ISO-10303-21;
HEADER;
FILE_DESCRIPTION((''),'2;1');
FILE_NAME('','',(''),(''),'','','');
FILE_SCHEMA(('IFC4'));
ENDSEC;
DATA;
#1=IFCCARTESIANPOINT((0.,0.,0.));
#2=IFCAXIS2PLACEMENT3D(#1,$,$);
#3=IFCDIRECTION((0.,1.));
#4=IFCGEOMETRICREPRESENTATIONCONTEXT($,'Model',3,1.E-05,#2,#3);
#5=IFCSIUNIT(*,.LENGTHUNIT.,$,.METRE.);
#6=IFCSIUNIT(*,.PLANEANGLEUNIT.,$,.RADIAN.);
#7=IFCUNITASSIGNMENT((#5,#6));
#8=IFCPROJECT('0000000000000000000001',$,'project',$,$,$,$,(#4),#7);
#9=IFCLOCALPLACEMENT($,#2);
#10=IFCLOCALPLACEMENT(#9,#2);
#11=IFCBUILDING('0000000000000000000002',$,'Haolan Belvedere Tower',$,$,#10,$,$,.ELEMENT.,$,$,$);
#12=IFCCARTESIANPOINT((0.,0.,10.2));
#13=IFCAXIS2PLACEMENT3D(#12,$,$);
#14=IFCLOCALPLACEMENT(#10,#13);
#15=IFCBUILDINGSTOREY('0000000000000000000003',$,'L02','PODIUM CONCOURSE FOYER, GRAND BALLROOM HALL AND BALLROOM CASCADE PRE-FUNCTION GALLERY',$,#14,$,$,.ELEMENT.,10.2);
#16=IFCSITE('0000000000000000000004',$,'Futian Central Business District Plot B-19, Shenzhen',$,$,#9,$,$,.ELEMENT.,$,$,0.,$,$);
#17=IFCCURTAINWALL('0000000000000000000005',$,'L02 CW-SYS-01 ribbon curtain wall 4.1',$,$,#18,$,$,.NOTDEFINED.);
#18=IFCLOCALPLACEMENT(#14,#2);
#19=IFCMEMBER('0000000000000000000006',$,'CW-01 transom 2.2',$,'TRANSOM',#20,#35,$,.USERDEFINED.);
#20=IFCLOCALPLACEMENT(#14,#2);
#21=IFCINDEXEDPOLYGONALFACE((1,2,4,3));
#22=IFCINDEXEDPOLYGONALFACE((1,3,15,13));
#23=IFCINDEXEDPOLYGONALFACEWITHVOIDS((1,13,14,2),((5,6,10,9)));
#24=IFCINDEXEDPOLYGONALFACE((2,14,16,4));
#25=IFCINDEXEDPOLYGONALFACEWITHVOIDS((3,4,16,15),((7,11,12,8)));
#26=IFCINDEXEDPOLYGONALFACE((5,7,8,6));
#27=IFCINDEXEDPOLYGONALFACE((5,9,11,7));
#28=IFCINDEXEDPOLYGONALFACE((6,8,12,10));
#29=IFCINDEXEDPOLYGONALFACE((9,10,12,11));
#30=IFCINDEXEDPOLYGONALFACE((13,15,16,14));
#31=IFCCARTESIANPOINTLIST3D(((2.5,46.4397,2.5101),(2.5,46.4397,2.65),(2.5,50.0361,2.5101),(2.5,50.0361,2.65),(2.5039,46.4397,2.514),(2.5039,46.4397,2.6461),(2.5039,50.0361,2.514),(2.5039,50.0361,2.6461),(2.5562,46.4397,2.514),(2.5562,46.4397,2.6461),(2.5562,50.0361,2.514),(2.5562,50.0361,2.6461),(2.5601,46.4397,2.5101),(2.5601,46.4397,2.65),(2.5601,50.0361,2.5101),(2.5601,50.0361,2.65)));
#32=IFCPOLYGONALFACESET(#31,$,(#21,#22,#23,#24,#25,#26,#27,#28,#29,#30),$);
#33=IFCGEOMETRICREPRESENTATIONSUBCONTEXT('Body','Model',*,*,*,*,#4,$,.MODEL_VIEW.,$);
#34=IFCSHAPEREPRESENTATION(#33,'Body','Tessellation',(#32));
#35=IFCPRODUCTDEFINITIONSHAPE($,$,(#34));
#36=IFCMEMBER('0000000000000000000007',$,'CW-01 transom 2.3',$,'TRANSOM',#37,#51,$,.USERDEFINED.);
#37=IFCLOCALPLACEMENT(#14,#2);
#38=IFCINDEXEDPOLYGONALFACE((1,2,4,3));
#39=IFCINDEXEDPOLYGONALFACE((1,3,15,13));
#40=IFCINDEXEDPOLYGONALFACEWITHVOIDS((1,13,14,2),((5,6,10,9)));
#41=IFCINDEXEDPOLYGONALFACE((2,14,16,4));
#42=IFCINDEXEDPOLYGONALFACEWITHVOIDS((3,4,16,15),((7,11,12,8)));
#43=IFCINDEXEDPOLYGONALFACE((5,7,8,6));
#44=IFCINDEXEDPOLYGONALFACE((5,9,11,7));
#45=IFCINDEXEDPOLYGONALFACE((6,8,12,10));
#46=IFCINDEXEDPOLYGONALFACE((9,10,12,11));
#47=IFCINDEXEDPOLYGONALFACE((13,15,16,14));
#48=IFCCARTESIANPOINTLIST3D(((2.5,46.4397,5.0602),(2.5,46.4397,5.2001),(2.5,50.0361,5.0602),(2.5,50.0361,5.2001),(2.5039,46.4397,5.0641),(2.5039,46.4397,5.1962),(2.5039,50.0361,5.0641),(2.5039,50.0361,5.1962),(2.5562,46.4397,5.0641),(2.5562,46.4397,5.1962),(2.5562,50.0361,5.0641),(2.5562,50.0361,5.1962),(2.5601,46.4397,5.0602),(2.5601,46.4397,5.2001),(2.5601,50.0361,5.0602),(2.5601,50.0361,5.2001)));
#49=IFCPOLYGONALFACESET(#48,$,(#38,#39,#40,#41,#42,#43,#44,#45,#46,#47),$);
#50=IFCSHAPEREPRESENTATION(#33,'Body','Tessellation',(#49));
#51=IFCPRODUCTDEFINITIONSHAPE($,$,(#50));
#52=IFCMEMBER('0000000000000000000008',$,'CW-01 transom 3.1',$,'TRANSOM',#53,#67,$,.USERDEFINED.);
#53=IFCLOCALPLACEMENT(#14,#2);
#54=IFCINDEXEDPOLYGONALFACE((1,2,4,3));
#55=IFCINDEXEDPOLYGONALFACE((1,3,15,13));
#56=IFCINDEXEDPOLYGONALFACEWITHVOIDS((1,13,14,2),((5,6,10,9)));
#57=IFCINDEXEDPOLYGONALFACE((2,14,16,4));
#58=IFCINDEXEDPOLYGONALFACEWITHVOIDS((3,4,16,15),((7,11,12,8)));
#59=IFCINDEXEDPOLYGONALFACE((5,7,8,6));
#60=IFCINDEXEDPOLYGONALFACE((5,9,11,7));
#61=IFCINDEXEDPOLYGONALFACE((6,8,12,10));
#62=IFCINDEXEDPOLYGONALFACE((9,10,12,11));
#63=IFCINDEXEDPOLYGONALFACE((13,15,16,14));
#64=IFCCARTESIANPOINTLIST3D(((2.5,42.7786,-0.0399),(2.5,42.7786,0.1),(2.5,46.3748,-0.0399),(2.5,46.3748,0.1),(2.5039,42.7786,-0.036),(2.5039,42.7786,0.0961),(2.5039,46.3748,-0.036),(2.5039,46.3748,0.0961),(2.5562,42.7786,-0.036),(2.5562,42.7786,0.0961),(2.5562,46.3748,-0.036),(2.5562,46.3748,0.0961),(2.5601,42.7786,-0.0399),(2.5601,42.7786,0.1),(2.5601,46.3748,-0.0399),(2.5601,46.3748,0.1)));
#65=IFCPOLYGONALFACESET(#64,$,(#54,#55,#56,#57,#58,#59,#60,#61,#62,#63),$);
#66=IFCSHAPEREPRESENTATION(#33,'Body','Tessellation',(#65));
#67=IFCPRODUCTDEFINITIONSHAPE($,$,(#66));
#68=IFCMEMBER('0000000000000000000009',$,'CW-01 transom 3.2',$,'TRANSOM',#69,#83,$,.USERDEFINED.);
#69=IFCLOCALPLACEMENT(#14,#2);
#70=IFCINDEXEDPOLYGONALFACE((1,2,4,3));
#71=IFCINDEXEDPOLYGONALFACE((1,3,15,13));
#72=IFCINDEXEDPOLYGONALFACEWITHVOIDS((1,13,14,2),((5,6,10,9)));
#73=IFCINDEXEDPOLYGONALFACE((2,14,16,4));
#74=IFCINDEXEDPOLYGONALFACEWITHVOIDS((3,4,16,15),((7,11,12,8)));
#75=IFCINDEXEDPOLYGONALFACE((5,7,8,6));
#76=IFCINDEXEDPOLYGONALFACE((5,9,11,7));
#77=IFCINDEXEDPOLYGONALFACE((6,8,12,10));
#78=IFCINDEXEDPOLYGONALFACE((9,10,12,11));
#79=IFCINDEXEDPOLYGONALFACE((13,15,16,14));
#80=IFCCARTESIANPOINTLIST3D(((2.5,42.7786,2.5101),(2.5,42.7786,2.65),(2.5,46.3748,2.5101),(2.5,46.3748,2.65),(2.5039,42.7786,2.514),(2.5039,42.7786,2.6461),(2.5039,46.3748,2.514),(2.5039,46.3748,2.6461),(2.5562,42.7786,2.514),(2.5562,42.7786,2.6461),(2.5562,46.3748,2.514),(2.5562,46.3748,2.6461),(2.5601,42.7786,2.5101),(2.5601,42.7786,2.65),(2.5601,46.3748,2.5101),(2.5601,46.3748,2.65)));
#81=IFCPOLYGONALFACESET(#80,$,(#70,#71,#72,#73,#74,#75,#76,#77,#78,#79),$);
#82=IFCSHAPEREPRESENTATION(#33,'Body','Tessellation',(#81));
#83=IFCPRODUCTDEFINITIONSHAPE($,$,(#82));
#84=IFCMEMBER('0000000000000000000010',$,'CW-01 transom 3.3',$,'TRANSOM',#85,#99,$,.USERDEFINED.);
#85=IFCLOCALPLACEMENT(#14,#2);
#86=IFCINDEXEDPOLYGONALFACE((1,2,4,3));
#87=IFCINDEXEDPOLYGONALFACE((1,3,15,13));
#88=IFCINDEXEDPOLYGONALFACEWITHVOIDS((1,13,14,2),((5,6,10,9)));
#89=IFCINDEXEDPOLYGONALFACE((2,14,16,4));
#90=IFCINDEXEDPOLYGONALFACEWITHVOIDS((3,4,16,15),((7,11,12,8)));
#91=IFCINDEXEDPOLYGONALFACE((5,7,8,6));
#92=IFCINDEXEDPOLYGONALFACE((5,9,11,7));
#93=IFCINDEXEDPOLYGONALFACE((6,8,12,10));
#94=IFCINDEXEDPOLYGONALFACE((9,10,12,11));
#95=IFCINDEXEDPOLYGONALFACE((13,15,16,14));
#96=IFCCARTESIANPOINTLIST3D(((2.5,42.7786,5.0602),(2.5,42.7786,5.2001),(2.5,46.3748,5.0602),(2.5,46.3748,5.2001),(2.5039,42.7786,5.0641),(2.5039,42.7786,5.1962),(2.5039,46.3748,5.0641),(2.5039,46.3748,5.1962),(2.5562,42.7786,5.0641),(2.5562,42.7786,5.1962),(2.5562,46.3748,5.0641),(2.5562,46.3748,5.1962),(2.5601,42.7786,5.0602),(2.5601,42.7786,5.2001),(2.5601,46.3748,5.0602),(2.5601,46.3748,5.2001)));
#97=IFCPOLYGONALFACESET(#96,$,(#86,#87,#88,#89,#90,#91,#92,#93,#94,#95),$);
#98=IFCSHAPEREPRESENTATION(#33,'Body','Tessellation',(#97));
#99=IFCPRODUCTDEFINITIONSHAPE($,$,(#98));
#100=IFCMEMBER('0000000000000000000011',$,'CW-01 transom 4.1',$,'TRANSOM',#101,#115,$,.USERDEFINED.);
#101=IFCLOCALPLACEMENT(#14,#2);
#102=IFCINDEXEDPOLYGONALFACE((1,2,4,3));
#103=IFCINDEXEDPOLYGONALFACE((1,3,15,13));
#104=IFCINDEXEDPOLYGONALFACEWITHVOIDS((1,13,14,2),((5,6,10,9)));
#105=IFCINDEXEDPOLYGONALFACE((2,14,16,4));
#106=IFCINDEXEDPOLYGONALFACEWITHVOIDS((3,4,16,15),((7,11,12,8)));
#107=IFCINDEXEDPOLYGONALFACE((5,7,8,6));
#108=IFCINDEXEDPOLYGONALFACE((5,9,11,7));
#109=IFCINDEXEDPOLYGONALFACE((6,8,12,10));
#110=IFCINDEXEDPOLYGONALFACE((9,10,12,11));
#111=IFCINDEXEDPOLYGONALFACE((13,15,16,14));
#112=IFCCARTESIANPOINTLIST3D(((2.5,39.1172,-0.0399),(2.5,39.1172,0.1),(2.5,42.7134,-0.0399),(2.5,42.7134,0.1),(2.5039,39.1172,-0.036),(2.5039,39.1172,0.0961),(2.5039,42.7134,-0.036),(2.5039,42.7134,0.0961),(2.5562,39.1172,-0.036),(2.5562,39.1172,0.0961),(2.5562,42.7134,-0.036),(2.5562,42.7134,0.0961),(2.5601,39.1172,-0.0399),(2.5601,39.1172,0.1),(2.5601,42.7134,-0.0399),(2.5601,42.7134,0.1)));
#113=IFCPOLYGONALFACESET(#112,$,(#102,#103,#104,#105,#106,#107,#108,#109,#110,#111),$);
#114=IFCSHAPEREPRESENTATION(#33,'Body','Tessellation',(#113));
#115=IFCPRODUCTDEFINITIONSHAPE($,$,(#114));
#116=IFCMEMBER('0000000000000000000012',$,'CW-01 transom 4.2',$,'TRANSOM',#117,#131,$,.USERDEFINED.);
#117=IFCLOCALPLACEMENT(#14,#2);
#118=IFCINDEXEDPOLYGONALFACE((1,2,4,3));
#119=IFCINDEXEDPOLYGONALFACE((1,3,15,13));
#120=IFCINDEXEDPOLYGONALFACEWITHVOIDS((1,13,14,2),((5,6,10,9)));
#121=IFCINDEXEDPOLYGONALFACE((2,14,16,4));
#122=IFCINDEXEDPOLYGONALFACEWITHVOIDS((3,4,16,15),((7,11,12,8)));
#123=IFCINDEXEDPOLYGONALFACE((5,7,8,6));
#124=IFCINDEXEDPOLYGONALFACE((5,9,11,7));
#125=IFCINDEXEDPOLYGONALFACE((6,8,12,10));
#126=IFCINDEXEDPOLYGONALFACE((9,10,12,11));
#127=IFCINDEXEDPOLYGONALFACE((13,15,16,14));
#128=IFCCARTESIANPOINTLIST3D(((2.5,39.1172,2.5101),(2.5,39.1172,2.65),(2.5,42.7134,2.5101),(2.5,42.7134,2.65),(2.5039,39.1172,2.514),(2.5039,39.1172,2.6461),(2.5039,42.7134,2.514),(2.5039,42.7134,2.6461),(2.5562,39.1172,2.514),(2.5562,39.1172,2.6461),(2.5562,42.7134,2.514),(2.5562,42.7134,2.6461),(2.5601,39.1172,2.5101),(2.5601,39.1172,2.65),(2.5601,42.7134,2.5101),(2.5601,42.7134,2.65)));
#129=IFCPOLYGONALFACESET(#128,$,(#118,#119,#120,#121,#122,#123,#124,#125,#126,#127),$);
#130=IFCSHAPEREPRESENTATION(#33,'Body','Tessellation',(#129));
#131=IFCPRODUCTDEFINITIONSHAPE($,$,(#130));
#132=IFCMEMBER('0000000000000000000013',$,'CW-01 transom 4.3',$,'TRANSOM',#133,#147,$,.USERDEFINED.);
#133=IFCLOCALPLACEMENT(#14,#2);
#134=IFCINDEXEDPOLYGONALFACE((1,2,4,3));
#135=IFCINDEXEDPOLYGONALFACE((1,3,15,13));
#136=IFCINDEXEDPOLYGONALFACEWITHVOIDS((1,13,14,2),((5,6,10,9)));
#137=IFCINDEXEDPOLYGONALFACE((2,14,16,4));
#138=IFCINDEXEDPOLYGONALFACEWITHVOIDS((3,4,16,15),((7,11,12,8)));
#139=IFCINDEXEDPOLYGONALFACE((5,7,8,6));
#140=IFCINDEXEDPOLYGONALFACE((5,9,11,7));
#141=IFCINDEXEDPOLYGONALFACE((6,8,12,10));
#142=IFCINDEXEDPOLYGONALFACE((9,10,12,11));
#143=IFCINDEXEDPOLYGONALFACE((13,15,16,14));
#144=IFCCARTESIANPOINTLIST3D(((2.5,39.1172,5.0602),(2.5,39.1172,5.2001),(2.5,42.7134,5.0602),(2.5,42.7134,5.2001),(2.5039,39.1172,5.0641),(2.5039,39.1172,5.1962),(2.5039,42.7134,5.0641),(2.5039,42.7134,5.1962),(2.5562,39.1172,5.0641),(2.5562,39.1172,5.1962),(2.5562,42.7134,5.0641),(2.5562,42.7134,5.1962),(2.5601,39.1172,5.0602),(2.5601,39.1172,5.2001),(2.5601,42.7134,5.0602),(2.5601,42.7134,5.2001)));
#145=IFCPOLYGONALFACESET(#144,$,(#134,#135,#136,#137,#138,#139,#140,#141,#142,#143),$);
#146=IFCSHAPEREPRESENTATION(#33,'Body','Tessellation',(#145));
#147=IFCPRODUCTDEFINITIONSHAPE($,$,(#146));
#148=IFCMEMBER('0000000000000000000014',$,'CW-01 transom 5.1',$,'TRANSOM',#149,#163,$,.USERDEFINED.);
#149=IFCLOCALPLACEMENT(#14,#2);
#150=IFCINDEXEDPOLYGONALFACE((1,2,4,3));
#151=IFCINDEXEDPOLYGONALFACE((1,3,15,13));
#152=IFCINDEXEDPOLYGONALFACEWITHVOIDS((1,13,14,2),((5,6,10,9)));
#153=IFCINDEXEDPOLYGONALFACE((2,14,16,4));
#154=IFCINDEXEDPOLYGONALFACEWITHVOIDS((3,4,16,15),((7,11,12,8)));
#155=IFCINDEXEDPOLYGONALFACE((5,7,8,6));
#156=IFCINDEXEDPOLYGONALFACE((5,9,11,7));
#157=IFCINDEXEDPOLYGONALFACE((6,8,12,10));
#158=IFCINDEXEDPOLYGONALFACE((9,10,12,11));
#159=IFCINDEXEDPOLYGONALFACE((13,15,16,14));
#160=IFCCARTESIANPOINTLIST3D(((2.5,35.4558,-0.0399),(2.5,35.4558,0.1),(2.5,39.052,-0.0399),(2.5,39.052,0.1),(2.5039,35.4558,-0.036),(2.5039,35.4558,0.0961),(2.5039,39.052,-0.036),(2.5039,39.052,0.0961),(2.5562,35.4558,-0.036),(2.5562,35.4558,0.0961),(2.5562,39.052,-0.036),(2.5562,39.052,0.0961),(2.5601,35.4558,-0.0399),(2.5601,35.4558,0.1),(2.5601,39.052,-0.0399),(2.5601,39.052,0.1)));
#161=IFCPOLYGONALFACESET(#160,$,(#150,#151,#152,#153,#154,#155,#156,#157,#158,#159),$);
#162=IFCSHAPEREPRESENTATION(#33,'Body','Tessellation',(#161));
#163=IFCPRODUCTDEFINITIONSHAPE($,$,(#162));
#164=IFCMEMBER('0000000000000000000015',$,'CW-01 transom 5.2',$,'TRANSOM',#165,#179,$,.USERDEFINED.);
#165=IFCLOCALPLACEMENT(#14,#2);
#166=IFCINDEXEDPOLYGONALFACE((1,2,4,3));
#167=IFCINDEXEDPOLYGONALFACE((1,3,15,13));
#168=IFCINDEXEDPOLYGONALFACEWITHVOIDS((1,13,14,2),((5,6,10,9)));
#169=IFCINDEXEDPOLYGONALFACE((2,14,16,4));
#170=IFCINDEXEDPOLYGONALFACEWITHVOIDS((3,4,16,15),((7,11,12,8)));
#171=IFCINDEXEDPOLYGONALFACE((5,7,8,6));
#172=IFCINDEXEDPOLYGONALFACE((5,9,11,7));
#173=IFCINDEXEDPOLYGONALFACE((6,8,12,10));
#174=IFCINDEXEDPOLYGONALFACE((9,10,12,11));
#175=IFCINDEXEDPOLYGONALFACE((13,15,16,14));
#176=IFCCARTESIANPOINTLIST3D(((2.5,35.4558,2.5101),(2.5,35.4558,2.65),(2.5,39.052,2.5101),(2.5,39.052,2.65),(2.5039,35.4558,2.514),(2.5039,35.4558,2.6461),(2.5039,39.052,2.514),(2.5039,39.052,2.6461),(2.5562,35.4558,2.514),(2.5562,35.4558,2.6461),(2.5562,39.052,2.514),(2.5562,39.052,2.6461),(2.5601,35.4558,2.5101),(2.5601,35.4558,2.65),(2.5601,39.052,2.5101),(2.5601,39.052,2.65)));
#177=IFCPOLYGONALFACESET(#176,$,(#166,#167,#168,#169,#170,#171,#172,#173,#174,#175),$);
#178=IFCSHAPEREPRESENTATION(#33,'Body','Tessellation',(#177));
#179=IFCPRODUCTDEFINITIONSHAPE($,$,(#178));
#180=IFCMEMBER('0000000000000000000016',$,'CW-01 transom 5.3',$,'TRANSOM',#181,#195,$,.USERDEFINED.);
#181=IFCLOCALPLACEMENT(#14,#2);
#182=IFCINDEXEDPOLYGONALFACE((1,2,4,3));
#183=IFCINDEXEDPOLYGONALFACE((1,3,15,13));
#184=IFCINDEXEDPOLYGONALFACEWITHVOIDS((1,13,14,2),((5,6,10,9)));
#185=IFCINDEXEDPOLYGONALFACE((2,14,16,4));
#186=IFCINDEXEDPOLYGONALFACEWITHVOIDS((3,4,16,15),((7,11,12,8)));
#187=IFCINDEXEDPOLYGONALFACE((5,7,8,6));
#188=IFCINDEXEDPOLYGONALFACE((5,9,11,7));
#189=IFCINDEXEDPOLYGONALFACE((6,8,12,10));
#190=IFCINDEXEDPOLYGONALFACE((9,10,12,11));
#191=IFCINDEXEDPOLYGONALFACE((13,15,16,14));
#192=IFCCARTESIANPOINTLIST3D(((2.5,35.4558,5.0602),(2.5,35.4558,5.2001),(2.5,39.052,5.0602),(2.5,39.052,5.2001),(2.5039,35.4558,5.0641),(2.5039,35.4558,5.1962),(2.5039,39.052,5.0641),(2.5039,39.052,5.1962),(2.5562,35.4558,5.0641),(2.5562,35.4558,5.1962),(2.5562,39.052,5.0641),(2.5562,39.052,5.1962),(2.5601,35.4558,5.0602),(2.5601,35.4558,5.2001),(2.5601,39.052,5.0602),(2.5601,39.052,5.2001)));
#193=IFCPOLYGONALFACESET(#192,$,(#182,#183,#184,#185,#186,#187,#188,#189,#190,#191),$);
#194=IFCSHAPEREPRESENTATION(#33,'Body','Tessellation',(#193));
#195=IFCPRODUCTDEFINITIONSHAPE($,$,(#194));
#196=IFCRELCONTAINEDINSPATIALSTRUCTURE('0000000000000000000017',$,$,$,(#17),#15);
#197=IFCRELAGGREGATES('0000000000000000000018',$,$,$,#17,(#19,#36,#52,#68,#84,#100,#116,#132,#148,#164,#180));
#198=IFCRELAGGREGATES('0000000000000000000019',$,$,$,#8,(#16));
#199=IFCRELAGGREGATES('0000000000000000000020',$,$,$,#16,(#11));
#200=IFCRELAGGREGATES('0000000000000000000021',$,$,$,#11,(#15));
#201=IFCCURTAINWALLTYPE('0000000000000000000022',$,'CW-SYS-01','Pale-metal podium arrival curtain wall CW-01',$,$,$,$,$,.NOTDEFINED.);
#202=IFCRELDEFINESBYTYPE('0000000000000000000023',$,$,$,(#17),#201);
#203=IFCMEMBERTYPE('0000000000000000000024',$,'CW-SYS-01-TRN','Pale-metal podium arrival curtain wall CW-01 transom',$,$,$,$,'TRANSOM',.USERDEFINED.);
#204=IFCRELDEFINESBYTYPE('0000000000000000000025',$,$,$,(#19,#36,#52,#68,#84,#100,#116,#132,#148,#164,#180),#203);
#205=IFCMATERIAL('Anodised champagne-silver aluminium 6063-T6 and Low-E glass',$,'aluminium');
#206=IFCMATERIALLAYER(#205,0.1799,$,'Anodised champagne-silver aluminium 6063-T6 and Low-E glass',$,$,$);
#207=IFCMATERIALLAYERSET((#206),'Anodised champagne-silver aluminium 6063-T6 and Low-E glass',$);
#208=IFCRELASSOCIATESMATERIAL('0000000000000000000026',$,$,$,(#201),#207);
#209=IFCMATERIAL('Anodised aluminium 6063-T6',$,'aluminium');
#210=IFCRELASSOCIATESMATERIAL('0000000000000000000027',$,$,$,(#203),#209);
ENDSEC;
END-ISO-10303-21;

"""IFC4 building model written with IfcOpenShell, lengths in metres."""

from ifc_helpers import new_model, si_unit, direction, frame, origin, origin_2d, place, context, subcontext, project, spatial, hollow_rectangle, extrude, material, layer, layer_set, material_profile, profile_set, type_object, element, aggregate, save


model = new_model("IFC4")

# Units and contexts
model_context = context("Model", 3, precision=1e-05, world=origin(), true_north=direction((0.0, 1.0)))
body_context = subcontext(model_context, "Body", "Model", "MODEL_VIEW")
ifc_project = project(units=[si_unit("LENGTHUNIT", "METRE"), si_unit("PLANEANGLEUNIT", "RADIAN")], contexts=[model_context])

# Site, building, storey
site_placement = place(None, origin())
site = spatial("IfcSite", under=ifc_project, at=site_placement, Name="Futian Central Business District Plot B-19, Shenzhen", CompositionType="ELEMENT", RefElevation=0.0)
building_placement = place(site_placement, origin())
building = spatial("IfcBuilding", under=site, at=building_placement, Name="Haolan Belvedere Tower", CompositionType="ELEMENT")
storey_placement = place(building_placement, frame((0.0, 0.0, 10.2)))
storey = spatial("IfcBuildingStorey", under=building, at=storey_placement, Name="L02", Description="PODIUM CONCOURSE FOYER, GRAND BALLROOM HALL AND BALLROOM CASCADE PRE-FUNCTION GALLERY", CompositionType="ELEMENT", Elevation=10.2)

# Curtain wall, members
ifc_material_1 = material(Name="Anodised champagne-silver aluminium 6063-T6 and Low-E glass", Category="aluminium")
ifc_layer_1 = layer(ifc_material_1, 0.1799, Name="Anodised champagne-silver aluminium 6063-T6 and Low-E glass")
ifc_layer_set_1 = layer_set([ifc_layer_1], Name="Anodised champagne-silver aluminium 6063-T6 and Low-E glass")
curtain_wall_type = type_object("IfcCurtainWallType", Name="CW-SYS-01", Description="Pale-metal podium arrival curtain wall CW-01", PredefinedType="NOTDEFINED", material=ifc_layer_set_1)
curtain_wall_placement = place(storey_placement, origin())
curtain_wall = element("IfcCurtainWall", 1, at=curtain_wall_placement, inside=storey, type_object=curtain_wall_type, Name="L02 CW-SYS-01 ribbon curtain wall 4.1", PredefinedType="NOTDEFINED")
ifc_material_2 = material(Name="Anodised aluminium 6063-T6", Category="aluminium")
ifc_material_profile_1 = material_profile(ifc_material_2, hollow_rectangle(XDim=0.0601, YDim=0.1399, WallThickness=0.0039, at=origin_2d()), Name="Anodised aluminium 6063-T6")
ifc_profile_set_1 = profile_set([ifc_material_profile_1], Name="Anodised aluminium 6063-T6")
member_type_1 = type_object("IfcMemberType", Name="CW-SYS-01-TRN", Description="Pale-metal podium arrival curtain wall CW-01 transom", ElementType="TRANSOM", PredefinedType="USERDEFINED", material=ifc_profile_set_1)
member_1_placement = place(storey_placement, frame((2.53, 50.0361, 2.5801), z_axis=(0.0, -1.0, 0.0), x_axis=(1.0, 0.0, 0.0)))
member_1 = element("IfcMember", 2, at=member_1_placement, type_object=member_type_1, Name="CW-01 transom 2.2", ObjectType="TRANSOM", PredefinedType="USERDEFINED", context=body_context, shape_type="SweptSolid", body=[
    extrude(hollow_rectangle(XDim=0.0601, YDim=0.1399, WallThickness=0.0039, at=origin_2d()), origin(), (0.0, 0.0, 1.0), 3.5964),
])
member_2_placement = place(storey_placement, frame((2.53, 50.0361, 5.1301), z_axis=(0.0, -1.0, 0.0), x_axis=(1.0, 0.0, 0.0)))
member_2 = element("IfcMember", 3, at=member_2_placement, type_object=member_type_1, Name="CW-01 transom 2.3", ObjectType="TRANSOM", PredefinedType="USERDEFINED", context=body_context, shape_type="SweptSolid", body=[
    extrude(hollow_rectangle(XDim=0.0601, YDim=0.1399, WallThickness=0.0039, at=origin_2d()), origin(), (0.0, 0.0, 1.0), 3.5964),
])
member_3_placement = place(storey_placement, frame((2.53, 46.3748, 0.03), z_axis=(0.0, -1.0, 0.0), x_axis=(1.0, 0.0, 0.0)))
member_3 = element("IfcMember", 4, at=member_3_placement, type_object=member_type_1, Name="CW-01 transom 3.1", ObjectType="TRANSOM", PredefinedType="USERDEFINED", context=body_context, shape_type="SweptSolid", body=[
    extrude(hollow_rectangle(XDim=0.0601, YDim=0.1399, WallThickness=0.0039, at=origin_2d()), origin(), (0.0, 0.0, 1.0), 3.5962),
])
member_4_placement = place(storey_placement, frame((2.53, 46.3748, 2.5801), z_axis=(0.0, -1.0, 0.0), x_axis=(1.0, 0.0, 0.0)))
member_4 = element("IfcMember", 5, at=member_4_placement, type_object=member_type_1, Name="CW-01 transom 3.2", ObjectType="TRANSOM", PredefinedType="USERDEFINED", context=body_context, shape_type="SweptSolid", body=[
    extrude(hollow_rectangle(XDim=0.0601, YDim=0.1399, WallThickness=0.0039, at=origin_2d()), origin(), (0.0, 0.0, 1.0), 3.5962),
])
member_5_placement = place(storey_placement, frame((2.53, 46.3748, 5.1301), z_axis=(0.0, -1.0, 0.0), x_axis=(1.0, 0.0, 0.0)))
member_5 = element("IfcMember", 6, at=member_5_placement, type_object=member_type_1, Name="CW-01 transom 3.3", ObjectType="TRANSOM", PredefinedType="USERDEFINED", context=body_context, shape_type="SweptSolid", body=[
    extrude(hollow_rectangle(XDim=0.0601, YDim=0.1399, WallThickness=0.0039, at=origin_2d()), origin(), (0.0, 0.0, 1.0), 3.5962),
])
member_6_placement = place(storey_placement, frame((2.53, 42.7134, 0.03), z_axis=(0.0, -1.0, 0.0), x_axis=(1.0, 0.0, 0.0)))
member_6 = element("IfcMember", 7, at=member_6_placement, type_object=member_type_1, Name="CW-01 transom 4.1", ObjectType="TRANSOM", PredefinedType="USERDEFINED", context=body_context, shape_type="SweptSolid", body=[
    extrude(hollow_rectangle(XDim=0.0601, YDim=0.1399, WallThickness=0.0039, at=origin_2d()), origin(), (0.0, 0.0, 1.0), 3.5962),
])
member_7_placement = place(storey_placement, frame((2.53, 42.7134, 2.5801), z_axis=(0.0, -1.0, 0.0), x_axis=(1.0, 0.0, 0.0)))
member_7 = element("IfcMember", 8, at=member_7_placement, type_object=member_type_1, Name="CW-01 transom 4.2", ObjectType="TRANSOM", PredefinedType="USERDEFINED", context=body_context, shape_type="SweptSolid", body=[
    extrude(hollow_rectangle(XDim=0.0601, YDim=0.1399, WallThickness=0.0039, at=origin_2d()), origin(), (0.0, 0.0, 1.0), 3.5962),
])
member_8_placement = place(storey_placement, frame((2.53, 42.7134, 5.1301), z_axis=(0.0, -1.0, 0.0), x_axis=(1.0, 0.0, 0.0)))
member_8 = element("IfcMember", 9, at=member_8_placement, type_object=member_type_1, Name="CW-01 transom 4.3", ObjectType="TRANSOM", PredefinedType="USERDEFINED", context=body_context, shape_type="SweptSolid", body=[
    extrude(hollow_rectangle(XDim=0.0601, YDim=0.1399, WallThickness=0.0039, at=origin_2d()), origin(), (0.0, 0.0, 1.0), 3.5962),
])
member_9_placement = place(storey_placement, frame((2.53, 39.052, 0.03), z_axis=(0.0, -1.0, 0.0), x_axis=(1.0, 0.0, 0.0)))
member_9 = element("IfcMember", 10, at=member_9_placement, type_object=member_type_1, Name="CW-01 transom 5.1", ObjectType="TRANSOM", PredefinedType="USERDEFINED", context=body_context, shape_type="SweptSolid", body=[
    extrude(hollow_rectangle(XDim=0.0601, YDim=0.1399, WallThickness=0.0039, at=origin_2d()), origin(), (0.0, 0.0, 1.0), 3.5962),
])
member_10_placement = place(storey_placement, frame((2.53, 39.052, 2.5801), z_axis=(0.0, -1.0, 0.0), x_axis=(1.0, 0.0, 0.0)))
member_10 = element("IfcMember", 11, at=member_10_placement, type_object=member_type_1, Name="CW-01 transom 5.2", ObjectType="TRANSOM", PredefinedType="USERDEFINED", context=body_context, shape_type="SweptSolid", body=[
    extrude(hollow_rectangle(XDim=0.0601, YDim=0.1399, WallThickness=0.0039, at=origin_2d()), origin(), (0.0, 0.0, 1.0), 3.5962),
])
member_11_placement = place(storey_placement, frame((2.53, 39.052, 5.1301), z_axis=(0.0, -1.0, 0.0), x_axis=(1.0, 0.0, 0.0)))
member_11 = element("IfcMember", 12, at=member_11_placement, type_object=member_type_1, Name="CW-01 transom 5.3", ObjectType="TRANSOM", PredefinedType="USERDEFINED", context=body_context, shape_type="SweptSolid", body=[
    extrude(hollow_rectangle(XDim=0.0601, YDim=0.1399, WallThickness=0.0039, at=origin_2d()), origin(), (0.0, 0.0, 1.0), 3.5962),
])
aggregate(curtain_wall, [member_1, member_2, member_3, member_4, member_5, member_6, member_7, member_8, member_9, member_10, member_11])

save(model, "model.ifc")
